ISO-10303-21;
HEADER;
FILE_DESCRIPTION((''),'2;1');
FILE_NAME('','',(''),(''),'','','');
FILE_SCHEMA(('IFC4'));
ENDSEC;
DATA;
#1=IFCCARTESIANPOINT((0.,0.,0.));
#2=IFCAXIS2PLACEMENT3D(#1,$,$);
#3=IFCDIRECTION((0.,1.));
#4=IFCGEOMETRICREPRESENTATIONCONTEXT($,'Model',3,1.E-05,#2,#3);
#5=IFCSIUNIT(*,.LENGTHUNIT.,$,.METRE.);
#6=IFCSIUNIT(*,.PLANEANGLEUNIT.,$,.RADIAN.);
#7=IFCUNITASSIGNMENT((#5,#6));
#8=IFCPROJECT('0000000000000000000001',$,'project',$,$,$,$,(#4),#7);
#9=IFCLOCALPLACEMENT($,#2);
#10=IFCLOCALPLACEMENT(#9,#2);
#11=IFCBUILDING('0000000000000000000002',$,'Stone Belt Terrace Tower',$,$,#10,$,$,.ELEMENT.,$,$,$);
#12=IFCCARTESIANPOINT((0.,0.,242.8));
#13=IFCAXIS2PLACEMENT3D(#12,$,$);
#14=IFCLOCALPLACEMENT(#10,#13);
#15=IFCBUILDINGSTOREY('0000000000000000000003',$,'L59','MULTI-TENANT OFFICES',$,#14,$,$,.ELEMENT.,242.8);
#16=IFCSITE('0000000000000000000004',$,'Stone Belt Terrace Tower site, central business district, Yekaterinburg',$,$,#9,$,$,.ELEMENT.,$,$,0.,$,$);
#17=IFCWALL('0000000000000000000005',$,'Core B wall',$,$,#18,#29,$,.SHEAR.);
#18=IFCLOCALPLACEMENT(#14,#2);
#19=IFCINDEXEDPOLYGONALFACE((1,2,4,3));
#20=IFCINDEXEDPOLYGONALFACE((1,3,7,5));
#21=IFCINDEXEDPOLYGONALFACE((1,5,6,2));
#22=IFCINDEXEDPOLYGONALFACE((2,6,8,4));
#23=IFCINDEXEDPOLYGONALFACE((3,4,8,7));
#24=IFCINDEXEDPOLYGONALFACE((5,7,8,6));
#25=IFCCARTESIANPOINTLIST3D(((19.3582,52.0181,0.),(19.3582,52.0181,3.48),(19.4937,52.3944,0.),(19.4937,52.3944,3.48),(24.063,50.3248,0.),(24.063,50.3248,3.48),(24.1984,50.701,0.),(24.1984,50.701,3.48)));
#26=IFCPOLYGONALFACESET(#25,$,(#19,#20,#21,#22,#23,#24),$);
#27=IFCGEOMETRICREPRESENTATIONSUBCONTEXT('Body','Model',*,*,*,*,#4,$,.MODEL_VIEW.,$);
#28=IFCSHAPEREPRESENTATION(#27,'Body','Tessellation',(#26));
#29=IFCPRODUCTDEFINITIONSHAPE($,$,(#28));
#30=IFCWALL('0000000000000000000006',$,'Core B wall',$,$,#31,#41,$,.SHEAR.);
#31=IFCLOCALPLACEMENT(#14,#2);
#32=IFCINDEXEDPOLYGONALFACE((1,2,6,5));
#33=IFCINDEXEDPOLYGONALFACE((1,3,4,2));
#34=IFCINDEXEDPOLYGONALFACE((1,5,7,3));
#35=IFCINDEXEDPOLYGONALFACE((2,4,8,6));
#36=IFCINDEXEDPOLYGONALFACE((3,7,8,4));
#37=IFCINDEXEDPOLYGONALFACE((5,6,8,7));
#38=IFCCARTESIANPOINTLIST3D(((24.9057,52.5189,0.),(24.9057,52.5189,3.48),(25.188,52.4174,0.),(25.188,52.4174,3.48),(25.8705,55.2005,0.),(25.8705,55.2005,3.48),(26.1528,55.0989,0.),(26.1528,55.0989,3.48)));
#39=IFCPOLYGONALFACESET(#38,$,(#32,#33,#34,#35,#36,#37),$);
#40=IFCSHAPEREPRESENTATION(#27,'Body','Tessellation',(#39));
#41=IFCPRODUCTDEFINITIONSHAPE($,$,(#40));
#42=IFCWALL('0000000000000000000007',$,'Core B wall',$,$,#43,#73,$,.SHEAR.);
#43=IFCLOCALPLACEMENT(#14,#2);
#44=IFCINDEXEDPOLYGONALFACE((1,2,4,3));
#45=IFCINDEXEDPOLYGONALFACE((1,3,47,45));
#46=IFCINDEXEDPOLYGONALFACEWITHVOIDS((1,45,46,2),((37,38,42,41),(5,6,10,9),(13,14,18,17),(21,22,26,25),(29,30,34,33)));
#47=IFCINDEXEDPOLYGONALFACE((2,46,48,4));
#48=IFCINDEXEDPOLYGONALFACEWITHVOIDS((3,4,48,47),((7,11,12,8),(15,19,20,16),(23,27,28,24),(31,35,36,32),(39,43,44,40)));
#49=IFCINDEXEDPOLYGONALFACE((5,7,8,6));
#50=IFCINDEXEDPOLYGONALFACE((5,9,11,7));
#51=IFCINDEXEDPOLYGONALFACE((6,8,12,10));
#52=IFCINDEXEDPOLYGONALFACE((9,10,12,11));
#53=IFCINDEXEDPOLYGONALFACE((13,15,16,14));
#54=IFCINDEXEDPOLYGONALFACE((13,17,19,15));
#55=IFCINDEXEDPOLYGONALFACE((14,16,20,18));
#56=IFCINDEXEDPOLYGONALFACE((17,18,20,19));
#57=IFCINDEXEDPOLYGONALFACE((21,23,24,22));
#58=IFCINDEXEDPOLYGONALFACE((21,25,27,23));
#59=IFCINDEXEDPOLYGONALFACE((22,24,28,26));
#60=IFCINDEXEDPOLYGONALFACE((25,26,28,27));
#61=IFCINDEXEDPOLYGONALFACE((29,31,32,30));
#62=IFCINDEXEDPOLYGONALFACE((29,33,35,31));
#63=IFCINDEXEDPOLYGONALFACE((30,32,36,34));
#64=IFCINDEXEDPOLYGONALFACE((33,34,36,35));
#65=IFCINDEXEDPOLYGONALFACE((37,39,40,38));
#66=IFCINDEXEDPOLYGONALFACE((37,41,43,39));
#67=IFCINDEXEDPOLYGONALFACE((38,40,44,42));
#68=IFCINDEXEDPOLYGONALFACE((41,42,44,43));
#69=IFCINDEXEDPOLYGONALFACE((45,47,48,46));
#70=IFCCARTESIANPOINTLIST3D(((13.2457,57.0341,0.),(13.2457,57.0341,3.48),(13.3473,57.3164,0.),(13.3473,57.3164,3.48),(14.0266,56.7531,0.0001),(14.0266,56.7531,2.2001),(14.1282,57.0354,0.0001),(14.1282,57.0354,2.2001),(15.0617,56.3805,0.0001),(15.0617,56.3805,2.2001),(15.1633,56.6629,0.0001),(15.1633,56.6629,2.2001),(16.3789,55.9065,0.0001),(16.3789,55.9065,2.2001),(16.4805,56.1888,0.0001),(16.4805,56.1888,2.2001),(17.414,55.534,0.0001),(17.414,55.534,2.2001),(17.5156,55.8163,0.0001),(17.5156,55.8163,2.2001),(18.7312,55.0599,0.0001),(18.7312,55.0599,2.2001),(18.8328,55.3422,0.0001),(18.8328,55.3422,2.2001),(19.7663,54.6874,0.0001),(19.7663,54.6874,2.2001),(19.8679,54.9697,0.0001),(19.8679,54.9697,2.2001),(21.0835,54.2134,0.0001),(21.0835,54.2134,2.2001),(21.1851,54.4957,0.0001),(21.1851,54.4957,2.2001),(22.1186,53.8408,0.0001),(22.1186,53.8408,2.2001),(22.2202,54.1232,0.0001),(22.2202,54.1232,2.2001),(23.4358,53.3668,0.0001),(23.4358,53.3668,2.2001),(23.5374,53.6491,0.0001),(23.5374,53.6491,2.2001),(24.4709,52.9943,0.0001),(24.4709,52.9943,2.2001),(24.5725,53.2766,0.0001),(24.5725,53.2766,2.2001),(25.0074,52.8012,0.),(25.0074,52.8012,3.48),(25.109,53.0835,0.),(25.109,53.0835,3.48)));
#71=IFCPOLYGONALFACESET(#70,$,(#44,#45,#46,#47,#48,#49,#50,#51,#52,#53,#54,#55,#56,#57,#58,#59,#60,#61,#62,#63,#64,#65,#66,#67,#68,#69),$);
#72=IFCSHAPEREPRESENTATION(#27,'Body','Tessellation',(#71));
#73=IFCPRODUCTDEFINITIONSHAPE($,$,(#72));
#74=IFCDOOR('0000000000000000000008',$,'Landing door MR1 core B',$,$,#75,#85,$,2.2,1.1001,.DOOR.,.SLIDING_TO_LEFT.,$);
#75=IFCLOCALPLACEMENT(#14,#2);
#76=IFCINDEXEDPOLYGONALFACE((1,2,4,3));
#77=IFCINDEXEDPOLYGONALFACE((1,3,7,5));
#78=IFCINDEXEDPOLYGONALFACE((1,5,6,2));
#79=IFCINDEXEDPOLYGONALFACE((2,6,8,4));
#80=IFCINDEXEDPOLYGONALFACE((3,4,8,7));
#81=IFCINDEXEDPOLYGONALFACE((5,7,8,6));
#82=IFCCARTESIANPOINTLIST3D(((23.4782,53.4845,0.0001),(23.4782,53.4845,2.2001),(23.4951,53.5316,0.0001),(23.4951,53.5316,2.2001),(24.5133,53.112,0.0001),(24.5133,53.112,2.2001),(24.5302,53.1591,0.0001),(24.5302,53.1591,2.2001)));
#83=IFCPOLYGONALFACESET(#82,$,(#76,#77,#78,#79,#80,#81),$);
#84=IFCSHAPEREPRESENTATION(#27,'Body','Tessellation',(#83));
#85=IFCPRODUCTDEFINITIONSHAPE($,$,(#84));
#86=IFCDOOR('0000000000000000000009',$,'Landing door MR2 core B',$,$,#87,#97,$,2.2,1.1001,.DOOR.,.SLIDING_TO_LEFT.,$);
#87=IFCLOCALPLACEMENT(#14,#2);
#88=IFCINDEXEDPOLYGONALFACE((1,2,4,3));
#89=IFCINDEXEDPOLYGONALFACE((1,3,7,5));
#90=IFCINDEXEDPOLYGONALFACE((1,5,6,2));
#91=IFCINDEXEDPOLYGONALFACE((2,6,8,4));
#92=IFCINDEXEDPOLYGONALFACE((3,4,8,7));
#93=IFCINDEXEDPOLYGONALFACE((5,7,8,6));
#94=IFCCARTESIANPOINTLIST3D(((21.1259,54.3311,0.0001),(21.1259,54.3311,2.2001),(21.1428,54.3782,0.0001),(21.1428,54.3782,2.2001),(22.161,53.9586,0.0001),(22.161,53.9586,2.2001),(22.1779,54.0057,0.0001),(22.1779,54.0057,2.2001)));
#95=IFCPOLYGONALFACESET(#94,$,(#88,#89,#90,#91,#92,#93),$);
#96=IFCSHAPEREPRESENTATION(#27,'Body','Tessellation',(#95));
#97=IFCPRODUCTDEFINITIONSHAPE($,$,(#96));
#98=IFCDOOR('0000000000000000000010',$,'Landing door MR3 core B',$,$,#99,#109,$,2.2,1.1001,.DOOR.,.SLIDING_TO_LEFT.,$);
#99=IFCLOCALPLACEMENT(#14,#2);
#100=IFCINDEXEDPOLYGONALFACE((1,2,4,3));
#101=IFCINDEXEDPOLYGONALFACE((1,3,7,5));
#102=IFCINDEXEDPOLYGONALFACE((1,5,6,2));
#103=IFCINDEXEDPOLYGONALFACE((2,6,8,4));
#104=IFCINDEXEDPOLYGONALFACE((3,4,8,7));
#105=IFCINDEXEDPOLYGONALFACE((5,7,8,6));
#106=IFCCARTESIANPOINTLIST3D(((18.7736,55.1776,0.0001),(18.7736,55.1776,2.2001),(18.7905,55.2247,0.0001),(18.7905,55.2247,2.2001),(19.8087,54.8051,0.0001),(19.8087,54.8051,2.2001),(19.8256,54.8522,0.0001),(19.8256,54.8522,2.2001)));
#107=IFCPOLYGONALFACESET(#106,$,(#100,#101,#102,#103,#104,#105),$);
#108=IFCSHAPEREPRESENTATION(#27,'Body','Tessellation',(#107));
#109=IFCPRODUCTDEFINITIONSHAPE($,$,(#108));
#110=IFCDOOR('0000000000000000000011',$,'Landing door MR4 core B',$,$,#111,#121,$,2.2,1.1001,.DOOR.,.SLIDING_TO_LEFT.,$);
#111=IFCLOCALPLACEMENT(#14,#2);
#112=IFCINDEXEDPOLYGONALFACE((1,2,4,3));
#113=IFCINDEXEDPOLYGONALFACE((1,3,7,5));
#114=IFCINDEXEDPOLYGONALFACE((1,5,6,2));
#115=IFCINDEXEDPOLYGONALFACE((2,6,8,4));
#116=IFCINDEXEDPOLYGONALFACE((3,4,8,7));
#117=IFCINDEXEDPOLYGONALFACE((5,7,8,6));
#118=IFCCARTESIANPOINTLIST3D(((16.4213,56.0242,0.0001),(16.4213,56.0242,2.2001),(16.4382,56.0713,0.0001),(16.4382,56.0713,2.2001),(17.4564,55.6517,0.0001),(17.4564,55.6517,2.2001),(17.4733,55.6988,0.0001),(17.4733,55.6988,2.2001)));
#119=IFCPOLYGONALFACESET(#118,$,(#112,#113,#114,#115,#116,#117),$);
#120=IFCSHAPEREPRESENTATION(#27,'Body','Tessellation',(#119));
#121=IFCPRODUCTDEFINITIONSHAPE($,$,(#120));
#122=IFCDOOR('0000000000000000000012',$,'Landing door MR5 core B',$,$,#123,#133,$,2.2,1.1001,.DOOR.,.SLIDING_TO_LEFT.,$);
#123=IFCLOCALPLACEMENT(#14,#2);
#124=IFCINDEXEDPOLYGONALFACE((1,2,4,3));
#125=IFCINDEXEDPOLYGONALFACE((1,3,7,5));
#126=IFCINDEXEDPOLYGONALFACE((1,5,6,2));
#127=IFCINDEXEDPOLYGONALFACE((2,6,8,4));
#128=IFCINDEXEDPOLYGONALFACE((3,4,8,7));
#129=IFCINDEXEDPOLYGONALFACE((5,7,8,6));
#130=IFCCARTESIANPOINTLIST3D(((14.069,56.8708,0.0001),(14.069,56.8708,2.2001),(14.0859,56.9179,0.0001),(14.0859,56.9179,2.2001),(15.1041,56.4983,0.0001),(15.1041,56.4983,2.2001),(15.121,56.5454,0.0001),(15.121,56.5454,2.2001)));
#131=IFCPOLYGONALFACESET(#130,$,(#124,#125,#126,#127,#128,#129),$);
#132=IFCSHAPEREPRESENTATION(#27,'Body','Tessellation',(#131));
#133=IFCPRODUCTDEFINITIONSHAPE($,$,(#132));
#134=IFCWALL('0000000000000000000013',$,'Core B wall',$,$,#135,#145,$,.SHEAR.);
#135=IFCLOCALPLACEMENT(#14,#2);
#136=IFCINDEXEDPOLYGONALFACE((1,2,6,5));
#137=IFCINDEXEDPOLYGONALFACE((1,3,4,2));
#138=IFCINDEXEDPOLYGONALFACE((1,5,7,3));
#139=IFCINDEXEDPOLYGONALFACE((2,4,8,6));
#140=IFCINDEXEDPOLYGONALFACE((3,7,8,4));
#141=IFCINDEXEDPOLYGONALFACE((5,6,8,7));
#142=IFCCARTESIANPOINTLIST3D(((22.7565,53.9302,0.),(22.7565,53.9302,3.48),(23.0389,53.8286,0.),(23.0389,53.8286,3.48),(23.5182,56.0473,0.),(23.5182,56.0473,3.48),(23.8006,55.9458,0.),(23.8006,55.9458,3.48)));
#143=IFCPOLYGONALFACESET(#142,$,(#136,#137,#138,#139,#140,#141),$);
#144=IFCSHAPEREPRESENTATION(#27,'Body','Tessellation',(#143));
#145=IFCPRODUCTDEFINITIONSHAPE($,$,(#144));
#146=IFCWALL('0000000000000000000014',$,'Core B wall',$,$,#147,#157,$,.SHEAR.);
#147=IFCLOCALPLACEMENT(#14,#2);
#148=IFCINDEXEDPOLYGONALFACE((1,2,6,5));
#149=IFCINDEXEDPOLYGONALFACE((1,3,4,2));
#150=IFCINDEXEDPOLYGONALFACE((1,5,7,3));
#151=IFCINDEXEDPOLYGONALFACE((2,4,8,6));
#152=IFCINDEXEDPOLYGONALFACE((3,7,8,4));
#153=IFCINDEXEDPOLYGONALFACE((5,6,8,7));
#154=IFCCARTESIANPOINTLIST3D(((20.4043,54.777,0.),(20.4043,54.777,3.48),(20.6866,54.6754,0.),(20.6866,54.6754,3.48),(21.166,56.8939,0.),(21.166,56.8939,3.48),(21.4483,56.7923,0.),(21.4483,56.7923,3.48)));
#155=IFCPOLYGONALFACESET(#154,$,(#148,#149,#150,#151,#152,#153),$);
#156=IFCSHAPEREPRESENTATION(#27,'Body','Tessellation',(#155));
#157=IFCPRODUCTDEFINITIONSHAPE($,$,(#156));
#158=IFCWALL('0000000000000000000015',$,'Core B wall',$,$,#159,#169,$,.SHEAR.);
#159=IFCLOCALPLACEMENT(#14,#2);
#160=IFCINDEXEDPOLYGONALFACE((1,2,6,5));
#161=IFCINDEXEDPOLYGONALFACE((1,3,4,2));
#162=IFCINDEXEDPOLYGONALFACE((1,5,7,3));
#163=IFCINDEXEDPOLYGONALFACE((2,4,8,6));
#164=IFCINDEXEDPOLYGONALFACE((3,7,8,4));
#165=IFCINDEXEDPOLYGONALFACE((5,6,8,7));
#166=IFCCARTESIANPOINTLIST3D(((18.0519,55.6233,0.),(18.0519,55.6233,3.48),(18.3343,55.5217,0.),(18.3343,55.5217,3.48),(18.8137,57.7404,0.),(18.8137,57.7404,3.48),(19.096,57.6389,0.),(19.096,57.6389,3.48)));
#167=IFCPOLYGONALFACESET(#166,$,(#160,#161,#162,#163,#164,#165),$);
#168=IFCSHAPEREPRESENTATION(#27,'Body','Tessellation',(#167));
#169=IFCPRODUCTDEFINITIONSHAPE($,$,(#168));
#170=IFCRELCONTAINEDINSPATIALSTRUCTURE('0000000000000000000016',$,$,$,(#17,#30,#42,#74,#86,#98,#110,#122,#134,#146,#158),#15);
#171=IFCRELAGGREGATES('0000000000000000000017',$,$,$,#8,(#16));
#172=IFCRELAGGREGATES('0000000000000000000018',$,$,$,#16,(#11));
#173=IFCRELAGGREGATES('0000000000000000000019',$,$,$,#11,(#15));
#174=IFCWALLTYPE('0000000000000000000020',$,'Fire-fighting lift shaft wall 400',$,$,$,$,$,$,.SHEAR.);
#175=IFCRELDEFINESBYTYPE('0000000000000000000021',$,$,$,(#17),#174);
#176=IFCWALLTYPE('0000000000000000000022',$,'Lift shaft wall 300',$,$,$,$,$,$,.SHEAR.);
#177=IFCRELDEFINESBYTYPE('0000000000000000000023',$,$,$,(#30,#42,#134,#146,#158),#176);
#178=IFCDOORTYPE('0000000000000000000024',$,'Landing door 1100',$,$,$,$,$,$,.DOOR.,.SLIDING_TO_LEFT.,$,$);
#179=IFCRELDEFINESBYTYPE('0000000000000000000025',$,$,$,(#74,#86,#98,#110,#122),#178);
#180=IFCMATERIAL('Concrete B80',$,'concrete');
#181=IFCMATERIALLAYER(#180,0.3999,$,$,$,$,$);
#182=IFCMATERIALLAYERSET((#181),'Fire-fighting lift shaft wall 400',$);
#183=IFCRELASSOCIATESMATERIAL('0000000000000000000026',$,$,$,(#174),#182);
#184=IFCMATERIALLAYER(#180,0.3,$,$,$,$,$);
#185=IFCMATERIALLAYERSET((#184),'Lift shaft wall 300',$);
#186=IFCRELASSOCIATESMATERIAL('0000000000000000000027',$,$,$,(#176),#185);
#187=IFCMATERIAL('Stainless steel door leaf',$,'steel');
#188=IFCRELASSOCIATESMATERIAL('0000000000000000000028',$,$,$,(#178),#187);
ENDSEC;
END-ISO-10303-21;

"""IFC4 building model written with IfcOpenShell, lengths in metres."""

from ifc_helpers import new_model, si_unit, direction, frame, frame_2d, origin, place, context, subcontext, project, spatial, rectangle, extrude, material, layer, layer_set, type_object, element, fill, save


model = new_model("IFC4")

# Units and contexts
model_context = context("Model", 3, precision=1e-05, world=origin(), true_north=direction((0.0, 1.0)))
body_context = subcontext(model_context, "Body", "Model", "MODEL_VIEW")
ifc_project = project(units=[si_unit("LENGTHUNIT", "METRE"), si_unit("PLANEANGLEUNIT", "RADIAN")], contexts=[model_context])

# Site, building, storey
site_placement = place(None, origin())
site = spatial("IfcSite", under=ifc_project, at=site_placement, Name="Stone Belt Terrace Tower site, central business district, Yekaterinburg", CompositionType="ELEMENT", RefElevation=0.0)
building_placement = place(site_placement, origin())
building = spatial("IfcBuilding", under=site, at=building_placement, Name="Stone Belt Terrace Tower", CompositionType="ELEMENT")
storey_placement = place(building_placement, frame((0.0, 0.0, 242.8)))
storey = spatial("IfcBuildingStorey", under=building, at=storey_placement, Name="L59", Description="MULTI-TENANT OFFICES", CompositionType="ELEMENT", Elevation=242.8)

# Walls
ifc_material_1 = material(Name="Concrete B80", Category="concrete")
ifc_layer_1 = layer(ifc_material_1, 0.3999)
ifc_layer_set_1 = layer_set([ifc_layer_1], Name="Fire-fighting lift shaft wall 400")
wall_type_1 = type_object("IfcWallType", Name="Fire-fighting lift shaft wall 400", PredefinedType="SHEAR", material=ifc_layer_set_1)
wall_1_placement = place(storey_placement, frame((24.1306, 50.5129, 0.0), z_axis=(0.0, 0.0, 1.0), x_axis=(-0.940912, 0.338652, 0.0)))
element("IfcWall", 1, at=wall_1_placement, inside=storey, type_object=wall_type_1, Name="Core B wall", PredefinedType="SHEAR", context=body_context, shape_type="SweptSolid", body=[
    extrude(rectangle(XDim=5.0002, YDim=0.3999, at=frame_2d((2.5, 0.0))), origin(), (0.0, 0.0, 1.0), 3.48),
])
ifc_layer_2 = layer(ifc_material_1, 0.3)
ifc_layer_set_2 = layer_set([ifc_layer_2], Name="Lift shaft wall 300")
wall_type_2 = type_object("IfcWallType", Name="Lift shaft wall 300", PredefinedType="SHEAR", material=ifc_layer_set_2)
wall_2_placement = place(storey_placement, frame((25.0469, 52.4683, 0.0), z_axis=(0.0, 0.0, 1.0), x_axis=(0.33855, 0.940949, 0.0)))
element("IfcWall", 2, at=wall_2_placement, inside=storey, type_object=wall_type_2, Name="Core B wall", PredefinedType="SHEAR", context=body_context, shape_type="SweptSolid", body=[
    extrude(rectangle(XDim=2.8499, YDim=0.3, at=frame_2d((1.4248, 0.0))), origin(), (0.0, 0.0, 1.0), 3.48),
])

# Wall, openings, doors
wall_3_placement = place(storey_placement, frame((25.0581, 52.9424, 0.0), z_axis=(0.0, 0.0, 1.0), x_axis=(-0.940921, 0.338627, 0.0)))
wall_3 = element("IfcWall", 3, at=wall_3_placement, inside=storey, type_object=wall_type_2, Name="Core B wall", PredefinedType="SHEAR", context=body_context, shape_type="SweptSolid", body=[
    extrude(rectangle(XDim=12.5002, YDim=0.3, at=frame_2d((6.25, 0.0))), origin(), (0.0, 0.0, 1.0), 3.48),
])
opening_1_placement = place(wall_3_placement, frame((0.5701, 0.0, 0.0)))
opening_1 = element("IfcOpeningElement", 4, at=opening_1_placement, cuts=wall_3, PredefinedType="OPENING", context=body_context, shape_type="SweptSolid", body=[
    extrude(rectangle(XDim=1.1001, YDim=2.2, at=frame_2d((0.55, 1.1001))), frame((0.0, 0.1599, 0.0), z_axis=(0.0, -1.0, 0.0), x_axis=(1.0, 0.0, 0.0)), (0.0, 0.0, 1.0), 0.3201),
])
opening_2_placement = place(wall_3_placement, frame((3.0701, 0.0, 0.0)))
opening_2 = element("IfcOpeningElement", 5, at=opening_2_placement, cuts=wall_3, PredefinedType="OPENING", context=body_context, shape_type="SweptSolid", body=[
    extrude(rectangle(XDim=1.1001, YDim=2.2, at=frame_2d((0.55, 1.1001))), frame((0.0, 0.1599, 0.0), z_axis=(0.0, -1.0, 0.0), x_axis=(1.0, 0.0, 0.0)), (0.0, 0.0, 1.0), 0.3201),
])
opening_3_placement = place(wall_3_placement, frame((5.5701, 0.0, 0.0)))
opening_3 = element("IfcOpeningElement", 6, at=opening_3_placement, cuts=wall_3, PredefinedType="OPENING", context=body_context, shape_type="SweptSolid", body=[
    extrude(rectangle(XDim=1.1001, YDim=2.2, at=frame_2d((0.55, 1.1001))), frame((0.0, 0.1599, 0.0), z_axis=(0.0, -1.0, 0.0), x_axis=(1.0, 0.0, 0.0)), (0.0, 0.0, 1.0), 0.3201),
])
opening_4_placement = place(wall_3_placement, frame((8.0701, 0.0, 0.0)))
opening_4 = element("IfcOpeningElement", 7, at=opening_4_placement, cuts=wall_3, PredefinedType="OPENING", context=body_context, shape_type="SweptSolid", body=[
    extrude(rectangle(XDim=1.1001, YDim=2.2, at=frame_2d((0.55, 1.1001))), frame((0.0, 0.1599, 0.0), z_axis=(0.0, -1.0, 0.0), x_axis=(1.0, 0.0, 0.0)), (0.0, 0.0, 1.0), 0.3201),
])
opening_5_placement = place(wall_3_placement, frame((10.5701, 0.0, 0.0)))
opening_5 = element("IfcOpeningElement", 8, at=opening_5_placement, cuts=wall_3, PredefinedType="OPENING", context=body_context, shape_type="SweptSolid", body=[
    extrude(rectangle(XDim=1.1001, YDim=2.2, at=frame_2d((0.55, 1.1001))), frame((0.0, 0.1599, 0.0), z_axis=(0.0, -1.0, 0.0), x_axis=(1.0, 0.0, 0.0)), (0.0, 0.0, 1.0), 0.3201),
])
ifc_material_2 = material(Name="Stainless steel door leaf", Category="steel")
door_type_1 = type_object("IfcDoorType", Name="Landing door 1100", OperationType="SLIDING_TO_LEFT", PredefinedType="DOOR", material=ifc_material_2)
door_1_placement = place(opening_1_placement, origin())
door_1 = element("IfcDoor", 9, at=door_1_placement, inside=storey, type_object=door_type_1, Name="Landing door MR1 core B", OperationType="SLIDING_TO_LEFT", OverallHeight=2.2, OverallWidth=1.1001, PredefinedType="DOOR", context=body_context, shape_type="SweptSolid", body=[
    extrude(rectangle(XDim=1.1001, YDim=2.2, at=frame_2d((0.55, 1.1001))), frame((0.0, 0.0249, 0.0), z_axis=(0.0, -1.0, 0.0), x_axis=(1.0, 0.0, 0.0)), (0.0, 0.0, 1.0), 0.05),
])
fill(opening_1, door_1)
door_2_placement = place(opening_2_placement, origin())
door_2 = element("IfcDoor", 10, at=door_2_placement, inside=storey, type_object=door_type_1, Name="Landing door MR2 core B", OperationType="SLIDING_TO_LEFT", OverallHeight=2.2, OverallWidth=1.1001, PredefinedType="DOOR", context=body_context, shape_type="SweptSolid", body=[
    extrude(rectangle(XDim=1.1001, YDim=2.2, at=frame_2d((0.55, 1.1001))), frame((0.0, 0.0249, 0.0), z_axis=(0.0, -1.0, 0.0), x_axis=(1.0, 0.0, 0.0)), (0.0, 0.0, 1.0), 0.05),
])
fill(opening_2, door_2)
door_3_placement = place(opening_3_placement, origin())
door_3 = element("IfcDoor", 11, at=door_3_placement, inside=storey, type_object=door_type_1, Name="Landing door MR3 core B", OperationType="SLIDING_TO_LEFT", OverallHeight=2.2, OverallWidth=1.1001, PredefinedType="DOOR", context=body_context, shape_type="SweptSolid", body=[
    extrude(rectangle(XDim=1.1001, YDim=2.2, at=frame_2d((0.55, 1.1001))), frame((0.0, 0.0249, 0.0), z_axis=(0.0, -1.0, 0.0), x_axis=(1.0, 0.0, 0.0)), (0.0, 0.0, 1.0), 0.05),
])
fill(opening_3, door_3)
door_4_placement = place(opening_4_placement, origin())
door_4 = element("IfcDoor", 12, at=door_4_placement, inside=storey, type_object=door_type_1, Name="Landing door MR4 core B", OperationType="SLIDING_TO_LEFT", OverallHeight=2.2, OverallWidth=1.1001, PredefinedType="DOOR", context=body_context, shape_type="SweptSolid", body=[
    extrude(rectangle(XDim=1.1001, YDim=2.2, at=frame_2d((0.55, 1.1001))), frame((0.0, 0.0249, 0.0), z_axis=(0.0, -1.0, 0.0), x_axis=(1.0, 0.0, 0.0)), (0.0, 0.0, 1.0), 0.05),
])
fill(opening_4, door_4)
door_5_placement = place(opening_5_placement, origin())
door_5 = element("IfcDoor", 13, at=door_5_placement, inside=storey, type_object=door_type_1, Name="Landing door MR5 core B", OperationType="SLIDING_TO_LEFT", OverallHeight=2.2, OverallWidth=1.1001, PredefinedType="DOOR", context=body_context, shape_type="SweptSolid", body=[
    extrude(rectangle(XDim=1.1001, YDim=2.2, at=frame_2d((0.55, 1.1001))), frame((0.0, 0.0249, 0.0), z_axis=(0.0, -1.0, 0.0), x_axis=(1.0, 0.0, 0.0)), (0.0, 0.0, 1.0), 0.05),
])
fill(opening_5, door_5)

# Walls
wall_4_placement = place(storey_placement, frame((22.8977, 53.8794, 0.0), z_axis=(0.0, 0.0, 1.0), x_axis=(0.338535, 0.940954, 0.0)))
element("IfcWall", 14, at=wall_4_placement, inside=storey, type_object=wall_type_2, Name="Core B wall", PredefinedType="SHEAR", context=body_context, shape_type="SweptSolid", body=[
    extrude(rectangle(XDim=2.25, YDim=0.3, at=frame_2d((1.125, 0.0))), origin(), (0.0, 0.0, 1.0), 3.48),
])
wall_5_placement = place(storey_placement, frame((20.5454, 54.7261, 0.0), z_axis=(0.0, 0.0, 1.0), x_axis=(0.33857, 0.940941, 0.0)))
element("IfcWall", 15, at=wall_5_placement, inside=storey, type_object=wall_type_2, Name="Core B wall", PredefinedType="SHEAR", context=body_context, shape_type="SweptSolid", body=[
    extrude(rectangle(XDim=2.2498, YDim=0.3, at=frame_2d((1.125, 0.0))), origin(), (0.0, 0.0, 1.0), 3.48),
])
wall_6_placement = place(storey_placement, frame((18.1931, 55.5725, 0.0), z_axis=(0.0, 0.0, 1.0), x_axis=(0.338535, 0.940954, 0.0)))
element("IfcWall", 16, at=wall_6_placement, inside=storey, type_object=wall_type_2, Name="Core B wall", PredefinedType="SHEAR", context=body_context, shape_type="SweptSolid", body=[
    extrude(rectangle(XDim=2.25, YDim=0.3, at=frame_2d((1.125, 0.0))), origin(), (0.0, 0.0, 1.0), 3.48),
])

save(model, "model.ifc")
